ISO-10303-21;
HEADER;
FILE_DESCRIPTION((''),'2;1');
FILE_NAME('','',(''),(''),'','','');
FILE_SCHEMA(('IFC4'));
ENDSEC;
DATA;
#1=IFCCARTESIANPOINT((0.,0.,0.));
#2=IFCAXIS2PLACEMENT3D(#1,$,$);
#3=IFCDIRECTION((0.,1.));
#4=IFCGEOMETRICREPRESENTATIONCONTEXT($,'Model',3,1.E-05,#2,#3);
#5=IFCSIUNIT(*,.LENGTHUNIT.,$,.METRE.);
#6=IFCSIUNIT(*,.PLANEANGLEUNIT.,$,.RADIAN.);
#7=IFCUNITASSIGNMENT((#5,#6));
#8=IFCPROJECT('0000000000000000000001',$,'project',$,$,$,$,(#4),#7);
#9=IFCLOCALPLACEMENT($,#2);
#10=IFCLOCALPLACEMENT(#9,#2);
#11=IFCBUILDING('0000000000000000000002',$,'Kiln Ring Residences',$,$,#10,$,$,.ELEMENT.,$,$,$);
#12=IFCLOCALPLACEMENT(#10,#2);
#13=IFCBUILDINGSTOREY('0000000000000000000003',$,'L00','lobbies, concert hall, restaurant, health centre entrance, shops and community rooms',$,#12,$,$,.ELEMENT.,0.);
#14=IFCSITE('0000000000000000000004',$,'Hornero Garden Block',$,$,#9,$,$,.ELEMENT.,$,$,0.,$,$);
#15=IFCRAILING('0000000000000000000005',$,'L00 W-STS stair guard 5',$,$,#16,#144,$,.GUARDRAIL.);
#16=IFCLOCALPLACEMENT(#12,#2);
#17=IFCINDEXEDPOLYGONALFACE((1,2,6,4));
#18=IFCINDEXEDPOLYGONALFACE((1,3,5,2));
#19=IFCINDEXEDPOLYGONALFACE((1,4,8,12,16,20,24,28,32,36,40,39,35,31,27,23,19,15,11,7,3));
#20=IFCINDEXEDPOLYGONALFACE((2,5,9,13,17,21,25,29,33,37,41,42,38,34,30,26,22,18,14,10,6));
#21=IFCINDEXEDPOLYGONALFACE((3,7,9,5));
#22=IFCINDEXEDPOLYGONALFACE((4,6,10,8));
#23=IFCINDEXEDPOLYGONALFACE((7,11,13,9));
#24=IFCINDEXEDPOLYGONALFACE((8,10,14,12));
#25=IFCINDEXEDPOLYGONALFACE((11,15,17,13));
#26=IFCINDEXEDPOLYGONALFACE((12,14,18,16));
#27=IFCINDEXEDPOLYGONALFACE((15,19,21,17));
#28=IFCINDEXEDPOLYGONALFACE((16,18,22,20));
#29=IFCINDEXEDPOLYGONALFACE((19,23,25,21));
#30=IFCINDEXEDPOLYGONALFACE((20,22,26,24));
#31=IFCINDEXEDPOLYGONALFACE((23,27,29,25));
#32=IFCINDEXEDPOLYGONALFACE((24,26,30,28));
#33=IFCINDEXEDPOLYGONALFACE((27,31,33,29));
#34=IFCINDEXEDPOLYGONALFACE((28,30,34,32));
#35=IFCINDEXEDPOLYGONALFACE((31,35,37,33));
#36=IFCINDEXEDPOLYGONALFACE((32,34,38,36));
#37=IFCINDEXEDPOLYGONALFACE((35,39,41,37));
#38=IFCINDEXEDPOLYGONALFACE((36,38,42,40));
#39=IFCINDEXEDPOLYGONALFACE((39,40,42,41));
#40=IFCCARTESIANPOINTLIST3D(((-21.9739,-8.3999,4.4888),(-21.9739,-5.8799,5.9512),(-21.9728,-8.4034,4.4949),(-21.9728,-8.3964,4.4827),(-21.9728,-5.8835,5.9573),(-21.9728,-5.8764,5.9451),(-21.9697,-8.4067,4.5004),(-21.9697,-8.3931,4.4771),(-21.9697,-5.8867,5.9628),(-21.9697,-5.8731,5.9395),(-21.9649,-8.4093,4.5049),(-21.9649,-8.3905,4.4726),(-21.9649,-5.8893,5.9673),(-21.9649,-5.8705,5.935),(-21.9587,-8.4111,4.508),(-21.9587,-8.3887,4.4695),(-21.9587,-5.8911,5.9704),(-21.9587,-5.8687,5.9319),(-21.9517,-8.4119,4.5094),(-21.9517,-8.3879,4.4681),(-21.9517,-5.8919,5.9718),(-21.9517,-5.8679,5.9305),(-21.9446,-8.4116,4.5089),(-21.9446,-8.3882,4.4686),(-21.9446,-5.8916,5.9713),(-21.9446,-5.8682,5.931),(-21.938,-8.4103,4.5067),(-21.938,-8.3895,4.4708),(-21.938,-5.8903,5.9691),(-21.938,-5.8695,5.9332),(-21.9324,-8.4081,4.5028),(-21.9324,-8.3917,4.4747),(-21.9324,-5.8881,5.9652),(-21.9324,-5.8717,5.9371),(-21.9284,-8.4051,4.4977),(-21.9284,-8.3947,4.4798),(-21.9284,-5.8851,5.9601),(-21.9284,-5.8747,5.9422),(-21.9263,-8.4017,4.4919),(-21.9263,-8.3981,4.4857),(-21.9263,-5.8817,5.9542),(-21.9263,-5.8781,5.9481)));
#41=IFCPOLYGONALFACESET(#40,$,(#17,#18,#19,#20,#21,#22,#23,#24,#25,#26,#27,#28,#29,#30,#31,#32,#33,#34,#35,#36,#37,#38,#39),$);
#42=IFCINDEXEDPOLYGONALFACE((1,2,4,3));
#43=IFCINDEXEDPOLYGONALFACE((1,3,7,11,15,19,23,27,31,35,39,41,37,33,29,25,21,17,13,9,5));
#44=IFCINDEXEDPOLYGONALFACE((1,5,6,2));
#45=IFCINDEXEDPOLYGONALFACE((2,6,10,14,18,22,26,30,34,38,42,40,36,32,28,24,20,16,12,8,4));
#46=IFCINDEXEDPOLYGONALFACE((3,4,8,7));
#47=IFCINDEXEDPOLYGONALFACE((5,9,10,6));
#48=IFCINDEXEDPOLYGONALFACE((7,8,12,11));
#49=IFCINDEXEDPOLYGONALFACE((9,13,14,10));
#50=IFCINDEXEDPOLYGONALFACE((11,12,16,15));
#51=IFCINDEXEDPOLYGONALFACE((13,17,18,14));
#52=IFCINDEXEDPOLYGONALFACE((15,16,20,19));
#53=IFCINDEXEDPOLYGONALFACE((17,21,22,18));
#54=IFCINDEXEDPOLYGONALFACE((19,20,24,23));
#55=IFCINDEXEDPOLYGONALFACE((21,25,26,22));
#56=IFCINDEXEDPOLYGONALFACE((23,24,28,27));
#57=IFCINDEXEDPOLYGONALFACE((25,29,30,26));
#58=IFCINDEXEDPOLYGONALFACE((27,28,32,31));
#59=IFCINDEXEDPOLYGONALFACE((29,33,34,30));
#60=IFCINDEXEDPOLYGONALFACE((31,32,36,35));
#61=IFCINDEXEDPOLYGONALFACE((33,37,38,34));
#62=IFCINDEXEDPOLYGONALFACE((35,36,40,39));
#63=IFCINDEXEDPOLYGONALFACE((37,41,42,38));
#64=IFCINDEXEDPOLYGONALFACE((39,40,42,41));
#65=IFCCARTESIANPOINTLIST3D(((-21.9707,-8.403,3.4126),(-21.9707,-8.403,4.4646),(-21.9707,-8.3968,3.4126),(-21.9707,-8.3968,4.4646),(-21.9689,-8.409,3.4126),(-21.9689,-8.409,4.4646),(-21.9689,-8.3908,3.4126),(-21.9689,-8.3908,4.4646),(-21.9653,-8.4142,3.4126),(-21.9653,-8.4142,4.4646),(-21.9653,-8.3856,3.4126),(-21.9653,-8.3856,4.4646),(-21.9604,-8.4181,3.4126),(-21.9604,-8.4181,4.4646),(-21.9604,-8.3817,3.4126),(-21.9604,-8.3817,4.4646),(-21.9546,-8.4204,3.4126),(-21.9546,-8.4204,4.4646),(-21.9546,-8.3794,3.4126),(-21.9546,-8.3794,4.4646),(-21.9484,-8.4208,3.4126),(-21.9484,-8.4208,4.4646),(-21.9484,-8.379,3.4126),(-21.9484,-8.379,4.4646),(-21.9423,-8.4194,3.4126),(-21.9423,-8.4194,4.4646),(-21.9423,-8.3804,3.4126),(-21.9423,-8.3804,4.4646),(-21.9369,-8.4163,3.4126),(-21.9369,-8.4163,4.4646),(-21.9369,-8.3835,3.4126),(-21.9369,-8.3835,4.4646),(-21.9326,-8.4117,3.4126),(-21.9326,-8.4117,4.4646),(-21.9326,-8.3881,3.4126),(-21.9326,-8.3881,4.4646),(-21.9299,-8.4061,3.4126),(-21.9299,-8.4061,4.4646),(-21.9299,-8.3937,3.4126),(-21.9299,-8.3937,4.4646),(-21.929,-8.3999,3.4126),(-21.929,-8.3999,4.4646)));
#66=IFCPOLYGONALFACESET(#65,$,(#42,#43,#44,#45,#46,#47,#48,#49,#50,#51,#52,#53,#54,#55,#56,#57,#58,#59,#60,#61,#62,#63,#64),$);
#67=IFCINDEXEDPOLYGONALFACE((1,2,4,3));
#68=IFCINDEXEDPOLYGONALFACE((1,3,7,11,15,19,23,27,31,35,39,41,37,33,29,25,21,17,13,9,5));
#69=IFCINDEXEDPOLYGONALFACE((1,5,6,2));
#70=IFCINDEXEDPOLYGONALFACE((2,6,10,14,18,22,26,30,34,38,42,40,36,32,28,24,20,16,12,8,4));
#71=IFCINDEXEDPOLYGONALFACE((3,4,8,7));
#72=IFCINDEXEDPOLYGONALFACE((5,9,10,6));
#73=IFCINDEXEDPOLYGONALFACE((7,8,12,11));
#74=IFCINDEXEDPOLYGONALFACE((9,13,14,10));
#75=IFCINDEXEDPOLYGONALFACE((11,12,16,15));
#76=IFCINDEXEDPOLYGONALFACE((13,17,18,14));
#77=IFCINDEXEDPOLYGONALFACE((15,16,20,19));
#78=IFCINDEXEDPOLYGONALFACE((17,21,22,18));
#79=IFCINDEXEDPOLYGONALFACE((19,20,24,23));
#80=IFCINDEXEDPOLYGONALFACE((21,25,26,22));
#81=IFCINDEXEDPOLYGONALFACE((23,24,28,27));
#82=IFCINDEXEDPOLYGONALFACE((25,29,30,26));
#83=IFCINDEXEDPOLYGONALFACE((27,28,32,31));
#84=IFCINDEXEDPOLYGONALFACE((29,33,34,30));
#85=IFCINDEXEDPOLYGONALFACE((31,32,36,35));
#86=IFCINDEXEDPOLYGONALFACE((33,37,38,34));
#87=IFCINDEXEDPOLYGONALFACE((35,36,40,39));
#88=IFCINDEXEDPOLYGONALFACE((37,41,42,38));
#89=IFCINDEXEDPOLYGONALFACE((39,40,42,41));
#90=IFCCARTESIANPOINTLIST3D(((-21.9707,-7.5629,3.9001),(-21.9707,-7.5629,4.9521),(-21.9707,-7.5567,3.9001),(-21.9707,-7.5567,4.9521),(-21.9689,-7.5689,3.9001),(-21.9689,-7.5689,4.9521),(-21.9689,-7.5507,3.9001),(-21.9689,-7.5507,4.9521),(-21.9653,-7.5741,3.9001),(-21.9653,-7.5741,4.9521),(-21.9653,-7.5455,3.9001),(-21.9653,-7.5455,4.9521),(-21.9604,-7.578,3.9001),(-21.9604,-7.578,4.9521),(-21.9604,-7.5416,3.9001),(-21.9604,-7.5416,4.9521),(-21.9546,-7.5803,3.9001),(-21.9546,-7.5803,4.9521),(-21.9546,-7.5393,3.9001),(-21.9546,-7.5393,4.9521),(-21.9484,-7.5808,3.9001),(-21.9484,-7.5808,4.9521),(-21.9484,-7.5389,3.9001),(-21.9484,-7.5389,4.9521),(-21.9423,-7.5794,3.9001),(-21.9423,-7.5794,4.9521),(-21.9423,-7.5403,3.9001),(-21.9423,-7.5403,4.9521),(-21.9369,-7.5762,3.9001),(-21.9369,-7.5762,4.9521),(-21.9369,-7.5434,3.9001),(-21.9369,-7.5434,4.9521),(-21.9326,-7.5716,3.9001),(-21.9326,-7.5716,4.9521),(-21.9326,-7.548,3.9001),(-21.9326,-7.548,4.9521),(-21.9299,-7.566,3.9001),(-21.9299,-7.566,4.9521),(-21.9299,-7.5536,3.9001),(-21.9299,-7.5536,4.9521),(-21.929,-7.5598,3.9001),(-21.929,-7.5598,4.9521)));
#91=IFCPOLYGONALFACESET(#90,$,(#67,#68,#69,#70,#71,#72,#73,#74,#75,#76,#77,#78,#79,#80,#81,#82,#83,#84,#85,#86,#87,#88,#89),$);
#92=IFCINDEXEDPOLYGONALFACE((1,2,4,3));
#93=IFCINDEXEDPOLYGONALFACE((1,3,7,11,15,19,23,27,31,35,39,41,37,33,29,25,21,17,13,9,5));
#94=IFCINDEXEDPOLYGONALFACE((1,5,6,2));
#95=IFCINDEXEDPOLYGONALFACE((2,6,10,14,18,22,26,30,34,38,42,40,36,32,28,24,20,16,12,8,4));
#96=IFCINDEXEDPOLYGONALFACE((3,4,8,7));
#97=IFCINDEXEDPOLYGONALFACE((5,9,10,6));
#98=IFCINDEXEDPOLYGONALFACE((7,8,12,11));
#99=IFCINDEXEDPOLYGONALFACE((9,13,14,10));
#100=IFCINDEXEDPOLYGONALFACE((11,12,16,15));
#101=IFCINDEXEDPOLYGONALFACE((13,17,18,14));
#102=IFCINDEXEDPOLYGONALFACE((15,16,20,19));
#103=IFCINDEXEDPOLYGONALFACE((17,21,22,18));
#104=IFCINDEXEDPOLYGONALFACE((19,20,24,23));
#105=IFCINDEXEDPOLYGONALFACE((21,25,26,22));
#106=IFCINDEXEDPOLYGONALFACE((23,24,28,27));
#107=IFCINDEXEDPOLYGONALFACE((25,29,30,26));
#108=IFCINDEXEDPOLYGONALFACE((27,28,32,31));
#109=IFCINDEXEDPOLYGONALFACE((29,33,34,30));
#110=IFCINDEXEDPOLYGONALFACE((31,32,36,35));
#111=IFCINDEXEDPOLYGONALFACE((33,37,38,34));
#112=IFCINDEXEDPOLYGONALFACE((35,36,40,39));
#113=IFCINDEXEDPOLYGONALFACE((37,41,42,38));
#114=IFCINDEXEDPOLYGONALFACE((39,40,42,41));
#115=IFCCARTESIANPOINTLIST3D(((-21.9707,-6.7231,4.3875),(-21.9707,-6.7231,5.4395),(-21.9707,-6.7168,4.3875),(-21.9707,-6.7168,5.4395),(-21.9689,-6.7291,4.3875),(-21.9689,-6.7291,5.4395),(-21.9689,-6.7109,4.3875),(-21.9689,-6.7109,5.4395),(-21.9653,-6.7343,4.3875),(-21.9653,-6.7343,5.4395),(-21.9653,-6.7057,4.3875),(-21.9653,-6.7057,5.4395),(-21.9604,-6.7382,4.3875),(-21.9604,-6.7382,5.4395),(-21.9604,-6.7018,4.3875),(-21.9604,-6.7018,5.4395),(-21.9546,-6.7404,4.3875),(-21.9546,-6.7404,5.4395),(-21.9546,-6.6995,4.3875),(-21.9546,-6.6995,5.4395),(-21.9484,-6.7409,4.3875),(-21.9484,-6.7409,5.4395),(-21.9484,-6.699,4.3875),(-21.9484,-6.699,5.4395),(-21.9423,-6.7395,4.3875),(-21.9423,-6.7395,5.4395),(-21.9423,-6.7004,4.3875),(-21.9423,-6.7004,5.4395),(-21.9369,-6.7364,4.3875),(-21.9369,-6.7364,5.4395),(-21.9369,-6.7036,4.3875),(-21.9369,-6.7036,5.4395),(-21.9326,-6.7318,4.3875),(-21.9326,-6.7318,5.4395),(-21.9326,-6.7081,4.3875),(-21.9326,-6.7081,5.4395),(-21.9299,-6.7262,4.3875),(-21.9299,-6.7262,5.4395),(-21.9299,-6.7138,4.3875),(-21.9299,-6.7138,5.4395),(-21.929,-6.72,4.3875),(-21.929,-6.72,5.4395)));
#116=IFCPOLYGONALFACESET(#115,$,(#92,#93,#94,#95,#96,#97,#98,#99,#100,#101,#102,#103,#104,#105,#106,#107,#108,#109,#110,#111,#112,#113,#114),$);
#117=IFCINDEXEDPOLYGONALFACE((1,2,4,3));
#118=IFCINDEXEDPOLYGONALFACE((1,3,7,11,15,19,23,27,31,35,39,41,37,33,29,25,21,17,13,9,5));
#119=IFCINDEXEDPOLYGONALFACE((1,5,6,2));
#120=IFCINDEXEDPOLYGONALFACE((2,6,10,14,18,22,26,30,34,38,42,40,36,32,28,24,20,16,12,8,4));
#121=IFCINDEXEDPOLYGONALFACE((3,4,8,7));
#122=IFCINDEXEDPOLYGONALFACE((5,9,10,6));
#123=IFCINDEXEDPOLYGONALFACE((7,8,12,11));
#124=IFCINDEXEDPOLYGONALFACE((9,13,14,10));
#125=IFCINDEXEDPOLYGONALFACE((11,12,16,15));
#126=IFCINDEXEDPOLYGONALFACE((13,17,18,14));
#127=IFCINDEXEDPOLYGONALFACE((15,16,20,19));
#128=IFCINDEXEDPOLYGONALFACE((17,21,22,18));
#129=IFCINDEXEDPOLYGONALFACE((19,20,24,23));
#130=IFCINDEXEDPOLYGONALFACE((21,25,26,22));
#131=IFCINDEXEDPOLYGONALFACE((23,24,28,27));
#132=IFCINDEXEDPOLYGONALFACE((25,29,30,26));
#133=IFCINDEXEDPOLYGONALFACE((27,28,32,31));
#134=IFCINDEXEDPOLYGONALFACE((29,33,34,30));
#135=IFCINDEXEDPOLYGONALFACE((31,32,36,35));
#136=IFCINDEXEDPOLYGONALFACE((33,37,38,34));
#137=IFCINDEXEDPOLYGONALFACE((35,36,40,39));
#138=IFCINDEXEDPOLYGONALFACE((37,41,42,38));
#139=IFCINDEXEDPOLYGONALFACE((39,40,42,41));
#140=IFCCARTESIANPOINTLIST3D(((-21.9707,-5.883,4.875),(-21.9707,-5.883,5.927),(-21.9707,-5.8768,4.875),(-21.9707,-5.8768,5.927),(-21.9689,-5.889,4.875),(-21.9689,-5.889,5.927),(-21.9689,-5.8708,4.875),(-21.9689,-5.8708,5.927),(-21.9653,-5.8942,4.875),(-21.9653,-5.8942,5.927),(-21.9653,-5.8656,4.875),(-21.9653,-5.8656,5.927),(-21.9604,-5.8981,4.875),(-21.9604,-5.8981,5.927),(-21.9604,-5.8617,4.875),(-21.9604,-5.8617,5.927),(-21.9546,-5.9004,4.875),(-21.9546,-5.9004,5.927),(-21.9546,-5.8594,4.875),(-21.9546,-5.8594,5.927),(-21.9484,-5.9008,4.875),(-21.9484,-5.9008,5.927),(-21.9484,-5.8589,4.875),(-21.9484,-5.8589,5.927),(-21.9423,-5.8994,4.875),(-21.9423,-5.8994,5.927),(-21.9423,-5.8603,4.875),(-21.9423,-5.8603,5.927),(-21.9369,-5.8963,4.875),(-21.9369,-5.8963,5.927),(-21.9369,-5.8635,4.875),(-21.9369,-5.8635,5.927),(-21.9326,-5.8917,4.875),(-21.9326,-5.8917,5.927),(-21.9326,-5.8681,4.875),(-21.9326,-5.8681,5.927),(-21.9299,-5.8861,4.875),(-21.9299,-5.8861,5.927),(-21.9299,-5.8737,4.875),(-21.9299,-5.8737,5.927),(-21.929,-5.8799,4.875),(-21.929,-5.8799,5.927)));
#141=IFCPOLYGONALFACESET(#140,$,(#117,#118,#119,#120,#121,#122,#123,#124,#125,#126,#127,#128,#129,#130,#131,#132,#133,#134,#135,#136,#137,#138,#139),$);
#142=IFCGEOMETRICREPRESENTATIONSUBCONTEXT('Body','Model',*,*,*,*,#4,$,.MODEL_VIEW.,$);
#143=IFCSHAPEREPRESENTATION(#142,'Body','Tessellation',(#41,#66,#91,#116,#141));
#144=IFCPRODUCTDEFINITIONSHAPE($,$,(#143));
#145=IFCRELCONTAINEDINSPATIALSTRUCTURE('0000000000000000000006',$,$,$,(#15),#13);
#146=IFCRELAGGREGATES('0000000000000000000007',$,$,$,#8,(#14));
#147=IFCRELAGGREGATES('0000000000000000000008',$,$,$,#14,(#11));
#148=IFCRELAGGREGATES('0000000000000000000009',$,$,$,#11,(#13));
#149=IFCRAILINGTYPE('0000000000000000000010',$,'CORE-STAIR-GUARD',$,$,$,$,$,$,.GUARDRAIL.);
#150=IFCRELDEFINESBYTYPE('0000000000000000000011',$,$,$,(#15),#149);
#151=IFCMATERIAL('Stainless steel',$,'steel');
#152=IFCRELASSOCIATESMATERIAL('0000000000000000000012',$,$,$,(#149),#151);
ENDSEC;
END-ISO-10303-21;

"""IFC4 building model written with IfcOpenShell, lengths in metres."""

from ifc_helpers import new_model, si_unit, direction, frame, origin, origin_2d, place, context, subcontext, project, spatial, circle, extrude, material, type_object, element, save


model = new_model("IFC4")

# Units and contexts
model_context = context("Model", 3, precision=1e-05, world=origin(), true_north=direction((0.0, 1.0)))
body_context = subcontext(model_context, "Body", "Model", "MODEL_VIEW")
ifc_project = project(units=[si_unit("LENGTHUNIT", "METRE"), si_unit("PLANEANGLEUNIT", "RADIAN")], contexts=[model_context])

# Site, building, storey
site_placement = place(None, origin())
site = spatial("IfcSite", under=ifc_project, at=site_placement, Name="Hornero Garden Block", CompositionType="ELEMENT", RefElevation=0.0)
building_placement = place(site_placement, origin())
building = spatial("IfcBuilding", under=site, at=building_placement, Name="Kiln Ring Residences", CompositionType="ELEMENT")
storey_placement = place(building_placement, origin())
storey = spatial("IfcBuildingStorey", under=building, at=storey_placement, Name="L00", Description="lobbies, concert hall, restaurant, health centre entrance, shops and community rooms", CompositionType="ELEMENT", Elevation=0.0)

# Railing
ifc_material_1 = material(Name="Stainless steel", Category="steel")
railing_type_1 = type_object("IfcRailingType", Name="CORE-STAIR-GUARD", PredefinedType="GUARDRAIL", material=ifc_material_1)
railing_1_placement = place(storey_placement, frame((-21.95, -8.3999, 3.4126)))
element("IfcRailing", 1, at=railing_1_placement, inside=storey, type_object=railing_type_1, Name="L00 W-STS stair guard 5", PredefinedType="GUARDRAIL", context=body_context, shape_type="SweptSolid", body=[
    extrude(circle(Radius=0.0239, at=origin_2d()), frame((0.0, 0.0, 1.0762), z_axis=(0.0, 0.864913, 0.501921), x_axis=(-1.0, 0.0, 0.0)), (0.0, 0.0, 1.0), 2.9136),
    extrude(circle(Radius=0.021, at=origin_2d()), origin(), (0.0, 0.0, 1.0), 1.052),
    extrude(circle(Radius=0.021, at=origin_2d()), frame((0.0, 0.8401, 0.4875)), (0.0, 0.0, 1.0), 1.052),
    extrude(circle(Radius=0.021, at=origin_2d()), frame((0.0, 1.6799, 0.9749)), (0.0, 0.0, 1.0), 1.052),
    extrude(circle(Radius=0.021, at=origin_2d()), frame((0.0, 2.52, 1.4624)), (0.0, 0.0, 1.0), 1.052),
])

save(model, "model.ifc")
